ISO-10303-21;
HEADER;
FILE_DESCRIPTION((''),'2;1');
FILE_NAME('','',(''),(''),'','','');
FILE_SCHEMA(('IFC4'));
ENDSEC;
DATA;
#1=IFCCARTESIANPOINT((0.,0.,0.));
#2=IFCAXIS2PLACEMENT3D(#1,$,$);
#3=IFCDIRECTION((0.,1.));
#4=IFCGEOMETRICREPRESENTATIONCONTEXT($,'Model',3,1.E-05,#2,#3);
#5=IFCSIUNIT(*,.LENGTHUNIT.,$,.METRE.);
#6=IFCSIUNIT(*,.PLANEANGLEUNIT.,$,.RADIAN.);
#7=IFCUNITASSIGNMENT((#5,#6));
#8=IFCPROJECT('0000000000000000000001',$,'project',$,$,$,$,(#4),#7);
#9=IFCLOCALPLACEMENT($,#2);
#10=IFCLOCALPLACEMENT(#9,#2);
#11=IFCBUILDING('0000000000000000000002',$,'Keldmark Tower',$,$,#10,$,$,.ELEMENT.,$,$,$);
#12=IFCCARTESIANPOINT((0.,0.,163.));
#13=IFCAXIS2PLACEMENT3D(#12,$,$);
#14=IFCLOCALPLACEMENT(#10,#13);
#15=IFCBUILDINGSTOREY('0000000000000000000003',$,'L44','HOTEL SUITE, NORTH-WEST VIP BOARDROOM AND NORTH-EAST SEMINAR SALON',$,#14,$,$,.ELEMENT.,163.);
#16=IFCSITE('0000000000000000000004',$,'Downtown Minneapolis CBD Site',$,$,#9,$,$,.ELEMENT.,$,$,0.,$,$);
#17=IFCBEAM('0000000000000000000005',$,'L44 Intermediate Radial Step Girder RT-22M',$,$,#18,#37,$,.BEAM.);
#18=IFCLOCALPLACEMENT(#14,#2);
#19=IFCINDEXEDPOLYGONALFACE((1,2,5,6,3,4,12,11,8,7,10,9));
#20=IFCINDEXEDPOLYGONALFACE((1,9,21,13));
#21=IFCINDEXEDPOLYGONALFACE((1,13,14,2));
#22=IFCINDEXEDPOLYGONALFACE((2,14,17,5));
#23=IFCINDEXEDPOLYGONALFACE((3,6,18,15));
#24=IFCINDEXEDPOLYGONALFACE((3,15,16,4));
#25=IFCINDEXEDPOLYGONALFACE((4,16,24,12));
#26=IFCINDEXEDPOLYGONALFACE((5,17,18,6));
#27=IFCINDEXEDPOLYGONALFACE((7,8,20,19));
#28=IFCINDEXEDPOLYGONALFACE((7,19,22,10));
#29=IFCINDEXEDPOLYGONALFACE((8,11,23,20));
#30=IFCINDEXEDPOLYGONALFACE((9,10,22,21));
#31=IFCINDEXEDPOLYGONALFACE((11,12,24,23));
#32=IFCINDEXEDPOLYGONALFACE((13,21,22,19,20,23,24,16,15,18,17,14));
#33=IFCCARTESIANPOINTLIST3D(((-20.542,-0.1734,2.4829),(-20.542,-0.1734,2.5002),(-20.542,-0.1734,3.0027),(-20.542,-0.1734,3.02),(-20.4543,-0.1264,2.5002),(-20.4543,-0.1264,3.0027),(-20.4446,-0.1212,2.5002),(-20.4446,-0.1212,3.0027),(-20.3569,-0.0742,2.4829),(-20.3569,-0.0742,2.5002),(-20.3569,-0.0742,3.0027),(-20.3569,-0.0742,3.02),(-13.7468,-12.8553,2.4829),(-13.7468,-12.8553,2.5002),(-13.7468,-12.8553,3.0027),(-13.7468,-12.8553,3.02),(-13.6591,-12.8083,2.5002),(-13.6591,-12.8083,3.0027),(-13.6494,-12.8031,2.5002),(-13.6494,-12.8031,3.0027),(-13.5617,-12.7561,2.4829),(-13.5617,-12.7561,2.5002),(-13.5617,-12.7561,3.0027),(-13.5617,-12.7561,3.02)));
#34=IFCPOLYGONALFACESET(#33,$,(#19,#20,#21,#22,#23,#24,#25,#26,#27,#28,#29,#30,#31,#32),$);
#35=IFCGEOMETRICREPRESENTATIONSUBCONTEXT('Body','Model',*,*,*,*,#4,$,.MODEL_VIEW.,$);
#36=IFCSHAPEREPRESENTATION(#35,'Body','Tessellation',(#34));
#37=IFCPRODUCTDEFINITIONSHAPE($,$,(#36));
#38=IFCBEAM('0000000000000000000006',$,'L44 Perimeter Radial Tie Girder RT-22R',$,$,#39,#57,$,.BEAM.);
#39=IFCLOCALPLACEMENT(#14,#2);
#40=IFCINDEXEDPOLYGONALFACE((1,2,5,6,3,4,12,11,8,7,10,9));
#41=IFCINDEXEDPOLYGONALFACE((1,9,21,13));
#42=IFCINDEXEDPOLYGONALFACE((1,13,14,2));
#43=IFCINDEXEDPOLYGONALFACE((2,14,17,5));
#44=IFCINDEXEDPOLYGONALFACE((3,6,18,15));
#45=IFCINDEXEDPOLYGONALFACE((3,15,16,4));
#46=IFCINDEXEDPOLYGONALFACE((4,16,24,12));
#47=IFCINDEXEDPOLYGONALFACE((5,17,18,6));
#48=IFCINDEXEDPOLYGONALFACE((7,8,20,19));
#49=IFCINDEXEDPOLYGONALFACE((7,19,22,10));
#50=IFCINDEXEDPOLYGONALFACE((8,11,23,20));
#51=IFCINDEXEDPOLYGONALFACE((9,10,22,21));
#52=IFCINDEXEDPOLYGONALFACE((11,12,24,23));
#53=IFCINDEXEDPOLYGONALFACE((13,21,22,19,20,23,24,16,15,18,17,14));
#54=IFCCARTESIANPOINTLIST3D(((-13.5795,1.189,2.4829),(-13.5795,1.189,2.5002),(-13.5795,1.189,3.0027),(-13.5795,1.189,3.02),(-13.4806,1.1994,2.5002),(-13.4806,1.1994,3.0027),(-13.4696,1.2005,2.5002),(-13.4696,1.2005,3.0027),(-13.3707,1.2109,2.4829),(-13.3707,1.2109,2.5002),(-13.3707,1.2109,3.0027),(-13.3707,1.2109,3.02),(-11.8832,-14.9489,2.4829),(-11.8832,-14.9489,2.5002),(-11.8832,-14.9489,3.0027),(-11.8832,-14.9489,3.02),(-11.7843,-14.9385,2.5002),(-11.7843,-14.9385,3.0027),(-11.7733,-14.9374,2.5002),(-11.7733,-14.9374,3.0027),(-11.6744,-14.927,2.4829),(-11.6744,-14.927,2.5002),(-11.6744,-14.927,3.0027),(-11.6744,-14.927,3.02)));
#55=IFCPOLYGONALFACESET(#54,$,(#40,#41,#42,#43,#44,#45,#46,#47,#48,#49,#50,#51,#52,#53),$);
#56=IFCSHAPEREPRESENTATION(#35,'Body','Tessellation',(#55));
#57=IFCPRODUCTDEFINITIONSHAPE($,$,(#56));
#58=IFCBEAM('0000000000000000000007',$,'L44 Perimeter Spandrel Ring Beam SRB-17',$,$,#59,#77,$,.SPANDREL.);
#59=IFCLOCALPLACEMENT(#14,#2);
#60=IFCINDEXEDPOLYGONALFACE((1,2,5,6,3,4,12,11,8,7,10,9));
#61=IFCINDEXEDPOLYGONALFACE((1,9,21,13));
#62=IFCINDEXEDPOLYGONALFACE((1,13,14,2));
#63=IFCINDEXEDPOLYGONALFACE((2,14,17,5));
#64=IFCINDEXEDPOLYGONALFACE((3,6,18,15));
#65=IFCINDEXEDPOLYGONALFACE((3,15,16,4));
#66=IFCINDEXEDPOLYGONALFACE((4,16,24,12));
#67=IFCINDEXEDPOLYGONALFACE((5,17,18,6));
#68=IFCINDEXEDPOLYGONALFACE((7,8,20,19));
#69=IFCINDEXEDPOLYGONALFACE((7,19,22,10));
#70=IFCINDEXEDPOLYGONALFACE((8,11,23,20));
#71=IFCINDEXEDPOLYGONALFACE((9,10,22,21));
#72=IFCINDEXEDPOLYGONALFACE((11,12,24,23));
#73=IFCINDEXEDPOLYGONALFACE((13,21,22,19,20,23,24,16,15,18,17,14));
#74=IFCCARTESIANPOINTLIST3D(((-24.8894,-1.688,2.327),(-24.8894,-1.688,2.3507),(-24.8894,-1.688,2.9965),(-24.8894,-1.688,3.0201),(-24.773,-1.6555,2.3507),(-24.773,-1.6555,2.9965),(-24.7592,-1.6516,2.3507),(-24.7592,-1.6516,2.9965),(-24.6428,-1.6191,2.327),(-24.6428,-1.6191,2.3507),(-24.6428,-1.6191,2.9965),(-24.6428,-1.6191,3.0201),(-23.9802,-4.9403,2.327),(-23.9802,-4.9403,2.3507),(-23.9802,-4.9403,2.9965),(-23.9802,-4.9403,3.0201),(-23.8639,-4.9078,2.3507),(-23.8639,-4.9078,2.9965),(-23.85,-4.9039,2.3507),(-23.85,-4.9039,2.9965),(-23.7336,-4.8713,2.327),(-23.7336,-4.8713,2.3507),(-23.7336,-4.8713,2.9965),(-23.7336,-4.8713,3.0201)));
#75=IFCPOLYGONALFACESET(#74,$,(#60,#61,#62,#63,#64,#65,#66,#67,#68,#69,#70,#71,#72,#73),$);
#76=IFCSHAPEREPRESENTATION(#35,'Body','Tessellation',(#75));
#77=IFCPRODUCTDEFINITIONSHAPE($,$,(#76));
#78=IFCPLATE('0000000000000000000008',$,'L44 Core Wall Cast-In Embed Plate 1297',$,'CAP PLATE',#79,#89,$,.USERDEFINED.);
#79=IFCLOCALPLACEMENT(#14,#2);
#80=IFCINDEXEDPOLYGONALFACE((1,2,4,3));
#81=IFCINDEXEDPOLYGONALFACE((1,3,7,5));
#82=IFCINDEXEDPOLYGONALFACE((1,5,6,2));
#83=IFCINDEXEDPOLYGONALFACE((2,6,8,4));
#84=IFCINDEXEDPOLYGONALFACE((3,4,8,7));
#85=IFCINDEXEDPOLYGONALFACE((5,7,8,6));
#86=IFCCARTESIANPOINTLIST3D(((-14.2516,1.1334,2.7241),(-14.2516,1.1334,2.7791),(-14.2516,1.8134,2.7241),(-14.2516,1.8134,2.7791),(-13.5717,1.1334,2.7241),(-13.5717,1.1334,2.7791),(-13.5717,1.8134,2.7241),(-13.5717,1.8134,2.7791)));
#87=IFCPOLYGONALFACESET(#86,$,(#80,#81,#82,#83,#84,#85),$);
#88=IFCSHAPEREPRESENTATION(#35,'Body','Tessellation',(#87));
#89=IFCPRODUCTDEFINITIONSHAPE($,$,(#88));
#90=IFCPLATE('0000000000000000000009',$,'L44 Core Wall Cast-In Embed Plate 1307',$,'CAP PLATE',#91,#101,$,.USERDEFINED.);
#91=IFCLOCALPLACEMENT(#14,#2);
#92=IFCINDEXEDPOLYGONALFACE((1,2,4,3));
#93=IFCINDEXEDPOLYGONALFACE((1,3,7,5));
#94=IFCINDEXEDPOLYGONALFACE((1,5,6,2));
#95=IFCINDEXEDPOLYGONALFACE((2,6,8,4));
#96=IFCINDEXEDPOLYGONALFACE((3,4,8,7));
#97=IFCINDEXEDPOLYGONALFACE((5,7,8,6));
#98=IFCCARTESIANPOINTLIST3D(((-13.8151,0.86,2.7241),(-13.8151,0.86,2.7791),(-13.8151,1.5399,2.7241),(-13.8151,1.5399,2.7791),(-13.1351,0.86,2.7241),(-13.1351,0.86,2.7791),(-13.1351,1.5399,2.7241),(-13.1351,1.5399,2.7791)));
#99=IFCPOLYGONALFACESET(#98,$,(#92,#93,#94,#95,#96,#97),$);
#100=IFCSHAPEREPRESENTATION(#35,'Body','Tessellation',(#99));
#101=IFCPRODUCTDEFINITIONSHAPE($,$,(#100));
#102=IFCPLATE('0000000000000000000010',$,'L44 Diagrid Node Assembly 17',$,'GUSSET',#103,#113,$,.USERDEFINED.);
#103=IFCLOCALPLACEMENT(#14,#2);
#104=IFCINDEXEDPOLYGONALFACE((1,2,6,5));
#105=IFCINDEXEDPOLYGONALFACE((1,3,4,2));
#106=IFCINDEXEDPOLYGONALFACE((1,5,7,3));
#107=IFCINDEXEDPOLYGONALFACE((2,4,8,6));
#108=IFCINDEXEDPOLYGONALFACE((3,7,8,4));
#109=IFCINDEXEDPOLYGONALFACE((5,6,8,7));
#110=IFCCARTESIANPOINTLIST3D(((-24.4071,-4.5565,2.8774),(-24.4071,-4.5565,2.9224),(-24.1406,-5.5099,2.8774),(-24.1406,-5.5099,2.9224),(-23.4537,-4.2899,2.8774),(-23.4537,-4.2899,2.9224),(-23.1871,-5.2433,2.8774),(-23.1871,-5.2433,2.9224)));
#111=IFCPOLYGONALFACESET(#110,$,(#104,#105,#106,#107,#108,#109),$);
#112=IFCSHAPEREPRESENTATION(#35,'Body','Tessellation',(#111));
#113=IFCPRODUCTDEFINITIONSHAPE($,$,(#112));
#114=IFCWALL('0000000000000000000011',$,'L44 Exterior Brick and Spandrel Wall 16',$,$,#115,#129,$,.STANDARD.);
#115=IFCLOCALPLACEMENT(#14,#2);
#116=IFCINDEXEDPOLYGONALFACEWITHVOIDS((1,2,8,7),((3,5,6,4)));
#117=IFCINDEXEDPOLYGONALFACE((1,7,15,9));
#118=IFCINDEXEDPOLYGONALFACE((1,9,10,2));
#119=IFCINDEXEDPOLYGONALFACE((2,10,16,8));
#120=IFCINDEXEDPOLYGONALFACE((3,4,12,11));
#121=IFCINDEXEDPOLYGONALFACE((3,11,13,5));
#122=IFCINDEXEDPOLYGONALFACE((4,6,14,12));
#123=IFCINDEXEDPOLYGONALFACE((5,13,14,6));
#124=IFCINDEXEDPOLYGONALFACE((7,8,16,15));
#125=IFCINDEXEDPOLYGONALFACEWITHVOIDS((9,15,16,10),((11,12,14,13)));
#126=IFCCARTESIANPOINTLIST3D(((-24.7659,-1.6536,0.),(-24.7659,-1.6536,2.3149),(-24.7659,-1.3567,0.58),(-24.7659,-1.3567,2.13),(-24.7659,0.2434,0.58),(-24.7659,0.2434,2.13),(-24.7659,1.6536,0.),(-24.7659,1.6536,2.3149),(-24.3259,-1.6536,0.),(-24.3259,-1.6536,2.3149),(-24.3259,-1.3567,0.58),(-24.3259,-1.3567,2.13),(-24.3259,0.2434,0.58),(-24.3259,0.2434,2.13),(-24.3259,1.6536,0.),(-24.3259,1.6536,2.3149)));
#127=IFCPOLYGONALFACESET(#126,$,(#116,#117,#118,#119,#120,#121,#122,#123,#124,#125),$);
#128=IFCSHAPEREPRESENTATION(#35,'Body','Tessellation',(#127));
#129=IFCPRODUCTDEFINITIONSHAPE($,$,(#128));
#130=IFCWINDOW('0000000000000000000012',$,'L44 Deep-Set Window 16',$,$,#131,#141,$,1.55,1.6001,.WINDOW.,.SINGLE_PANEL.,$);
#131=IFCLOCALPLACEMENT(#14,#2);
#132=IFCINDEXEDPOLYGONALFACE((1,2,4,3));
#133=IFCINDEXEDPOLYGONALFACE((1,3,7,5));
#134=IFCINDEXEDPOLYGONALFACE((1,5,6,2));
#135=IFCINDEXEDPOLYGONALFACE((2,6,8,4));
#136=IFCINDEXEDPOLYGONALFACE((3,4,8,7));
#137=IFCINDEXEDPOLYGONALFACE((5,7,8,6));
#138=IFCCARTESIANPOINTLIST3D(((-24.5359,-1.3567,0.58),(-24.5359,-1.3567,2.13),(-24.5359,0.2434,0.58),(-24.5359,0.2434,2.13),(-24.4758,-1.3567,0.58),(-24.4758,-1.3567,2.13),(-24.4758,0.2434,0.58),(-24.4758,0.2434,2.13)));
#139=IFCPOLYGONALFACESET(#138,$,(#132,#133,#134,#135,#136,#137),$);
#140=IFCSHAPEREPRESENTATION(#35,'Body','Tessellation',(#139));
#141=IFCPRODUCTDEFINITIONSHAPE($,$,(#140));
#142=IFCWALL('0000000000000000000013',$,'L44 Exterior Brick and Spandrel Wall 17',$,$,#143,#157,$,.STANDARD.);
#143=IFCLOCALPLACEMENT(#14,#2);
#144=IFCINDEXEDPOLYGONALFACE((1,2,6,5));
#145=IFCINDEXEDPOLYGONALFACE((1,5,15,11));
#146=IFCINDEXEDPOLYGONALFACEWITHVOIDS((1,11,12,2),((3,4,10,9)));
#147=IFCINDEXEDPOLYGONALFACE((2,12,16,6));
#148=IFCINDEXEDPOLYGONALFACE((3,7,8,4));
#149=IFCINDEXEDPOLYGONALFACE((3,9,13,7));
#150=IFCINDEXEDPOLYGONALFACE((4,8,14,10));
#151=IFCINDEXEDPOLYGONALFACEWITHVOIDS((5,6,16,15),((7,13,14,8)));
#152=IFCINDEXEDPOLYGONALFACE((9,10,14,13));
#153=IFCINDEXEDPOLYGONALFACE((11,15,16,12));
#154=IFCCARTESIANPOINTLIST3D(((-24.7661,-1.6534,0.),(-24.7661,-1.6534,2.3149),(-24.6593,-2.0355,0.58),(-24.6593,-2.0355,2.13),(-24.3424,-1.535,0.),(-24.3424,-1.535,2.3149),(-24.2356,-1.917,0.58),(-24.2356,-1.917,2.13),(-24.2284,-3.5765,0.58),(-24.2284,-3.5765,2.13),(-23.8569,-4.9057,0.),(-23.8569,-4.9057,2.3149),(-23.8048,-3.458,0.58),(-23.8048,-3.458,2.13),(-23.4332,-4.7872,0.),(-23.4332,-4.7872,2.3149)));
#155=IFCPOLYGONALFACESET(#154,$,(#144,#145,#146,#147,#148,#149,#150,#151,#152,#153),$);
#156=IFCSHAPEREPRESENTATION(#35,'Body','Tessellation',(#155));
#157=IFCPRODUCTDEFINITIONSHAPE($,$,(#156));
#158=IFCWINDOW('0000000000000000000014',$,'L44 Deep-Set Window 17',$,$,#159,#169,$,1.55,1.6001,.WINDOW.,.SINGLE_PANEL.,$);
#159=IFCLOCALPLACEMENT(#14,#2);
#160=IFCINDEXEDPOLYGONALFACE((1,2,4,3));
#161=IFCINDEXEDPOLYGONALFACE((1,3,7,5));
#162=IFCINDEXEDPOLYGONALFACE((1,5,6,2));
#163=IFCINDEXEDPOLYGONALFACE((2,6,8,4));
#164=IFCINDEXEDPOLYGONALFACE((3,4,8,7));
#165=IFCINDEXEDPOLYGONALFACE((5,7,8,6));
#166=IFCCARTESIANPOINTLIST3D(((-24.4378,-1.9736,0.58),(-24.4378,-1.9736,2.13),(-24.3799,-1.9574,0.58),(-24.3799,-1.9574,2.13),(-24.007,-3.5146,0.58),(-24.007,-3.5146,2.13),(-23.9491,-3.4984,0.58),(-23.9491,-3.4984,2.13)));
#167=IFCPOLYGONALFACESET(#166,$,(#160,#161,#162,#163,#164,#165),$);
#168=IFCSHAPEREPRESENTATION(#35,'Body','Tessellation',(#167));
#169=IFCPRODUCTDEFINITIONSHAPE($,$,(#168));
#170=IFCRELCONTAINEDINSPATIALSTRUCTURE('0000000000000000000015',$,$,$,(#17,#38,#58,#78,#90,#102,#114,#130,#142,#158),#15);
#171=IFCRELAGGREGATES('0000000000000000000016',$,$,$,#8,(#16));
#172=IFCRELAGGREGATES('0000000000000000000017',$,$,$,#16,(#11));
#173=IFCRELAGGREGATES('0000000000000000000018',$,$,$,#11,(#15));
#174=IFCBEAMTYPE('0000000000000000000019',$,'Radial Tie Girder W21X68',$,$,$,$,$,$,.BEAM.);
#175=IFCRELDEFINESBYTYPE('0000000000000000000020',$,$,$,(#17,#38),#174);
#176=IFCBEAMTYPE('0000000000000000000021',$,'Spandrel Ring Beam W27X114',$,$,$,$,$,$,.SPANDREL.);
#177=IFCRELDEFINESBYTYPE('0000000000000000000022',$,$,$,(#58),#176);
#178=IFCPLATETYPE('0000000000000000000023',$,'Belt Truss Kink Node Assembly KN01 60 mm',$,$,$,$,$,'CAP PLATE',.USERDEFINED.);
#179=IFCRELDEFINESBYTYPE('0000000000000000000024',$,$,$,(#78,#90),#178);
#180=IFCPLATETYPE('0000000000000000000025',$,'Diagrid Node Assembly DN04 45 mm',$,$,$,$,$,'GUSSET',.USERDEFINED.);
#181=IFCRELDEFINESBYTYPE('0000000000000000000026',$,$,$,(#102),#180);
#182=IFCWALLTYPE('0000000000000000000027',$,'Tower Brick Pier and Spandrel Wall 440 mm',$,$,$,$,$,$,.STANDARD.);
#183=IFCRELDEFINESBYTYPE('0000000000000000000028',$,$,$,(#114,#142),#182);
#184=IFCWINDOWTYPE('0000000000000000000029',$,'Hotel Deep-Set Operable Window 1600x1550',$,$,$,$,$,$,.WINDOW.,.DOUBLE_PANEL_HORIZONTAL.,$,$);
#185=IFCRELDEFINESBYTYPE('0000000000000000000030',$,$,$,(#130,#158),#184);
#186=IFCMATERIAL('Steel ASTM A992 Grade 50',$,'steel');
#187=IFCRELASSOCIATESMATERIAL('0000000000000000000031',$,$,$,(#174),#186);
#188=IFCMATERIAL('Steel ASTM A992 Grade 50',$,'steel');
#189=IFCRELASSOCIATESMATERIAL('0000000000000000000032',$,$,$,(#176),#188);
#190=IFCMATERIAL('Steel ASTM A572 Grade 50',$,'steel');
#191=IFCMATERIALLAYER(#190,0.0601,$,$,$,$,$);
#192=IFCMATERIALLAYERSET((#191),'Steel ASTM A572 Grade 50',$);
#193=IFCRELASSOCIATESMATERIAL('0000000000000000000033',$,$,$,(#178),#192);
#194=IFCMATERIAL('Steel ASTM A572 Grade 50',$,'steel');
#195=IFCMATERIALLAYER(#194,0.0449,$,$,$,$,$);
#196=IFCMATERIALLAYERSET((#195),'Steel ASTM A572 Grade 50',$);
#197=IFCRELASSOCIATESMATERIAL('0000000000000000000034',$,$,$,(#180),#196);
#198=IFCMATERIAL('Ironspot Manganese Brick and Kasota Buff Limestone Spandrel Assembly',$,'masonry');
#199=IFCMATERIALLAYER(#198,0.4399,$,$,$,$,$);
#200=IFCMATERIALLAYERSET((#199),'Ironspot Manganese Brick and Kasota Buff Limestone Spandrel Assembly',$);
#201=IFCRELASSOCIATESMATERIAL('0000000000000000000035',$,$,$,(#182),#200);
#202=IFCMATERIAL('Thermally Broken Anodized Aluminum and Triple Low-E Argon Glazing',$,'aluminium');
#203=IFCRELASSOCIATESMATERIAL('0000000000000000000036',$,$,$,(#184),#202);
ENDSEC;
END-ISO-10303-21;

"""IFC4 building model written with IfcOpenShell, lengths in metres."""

from ifc_helpers import new_model, si_unit, direction, frame, frame_2d, origin, origin_2d, place, context, subcontext, project, spatial, rectangle, i_section, extrude, material, layer, layer_set, material_profile, profile_set, type_object, element, fill, save


model = new_model("IFC4")

# Units and contexts
model_context = context("Model", 3, precision=1e-05, world=origin(), true_north=direction((0.0, 1.0)))
body_context = subcontext(model_context, "Body", "Model", "MODEL_VIEW")
ifc_project = project(units=[si_unit("LENGTHUNIT", "METRE"), si_unit("PLANEANGLEUNIT", "RADIAN")], contexts=[model_context])

# Site, building, storey
site_placement = place(None, origin())
site = spatial("IfcSite", under=ifc_project, at=site_placement, Name="Downtown Minneapolis CBD Site", CompositionType="ELEMENT", RefElevation=0.0)
building_placement = place(site_placement, origin())
building = spatial("IfcBuilding", under=site, at=building_placement, Name="Keldmark Tower", CompositionType="ELEMENT")
storey_placement = place(building_placement, frame((0.0, 0.0, 163.0)))
storey = spatial("IfcBuildingStorey", under=building, at=storey_placement, Name="L44", Description="HOTEL SUITE, NORTH-WEST VIP BOARDROOM AND NORTH-EAST SEMINAR SALON", CompositionType="ELEMENT", Elevation=163.0)

# Beams
ifc_material_1 = material(Name="Steel ASTM A992 Grade 50", Category="steel")
ifc_material_profile_1 = material_profile(ifc_material_1, i_section(OverallWidth=0.21, OverallDepth=0.5371, WebThickness=0.011, FlangeThickness=0.0173, at=origin_2d()), Name="W21X68")
ifc_profile_set_1 = profile_set([ifc_material_profile_1], Name="Steel ASTM A992 Grade 50")
beam_type_1 = type_object("IfcBeamType", Name="Radial Tie Girder W21X68", PredefinedType="BEAM", material=ifc_profile_set_1)
beam_1_placement = place(storey_placement, frame((-20.4495, -0.1238, 2.7515), z_axis=(0.472292, -0.881442, 0.0), x_axis=(0.881442, 0.472292, 0.0)))
element("IfcBeam", 1, at=beam_1_placement, inside=storey, type_object=beam_type_1, Name="L44 Intermediate Radial Step Girder RT-22M", PredefinedType="BEAM", context=body_context, shape_type="SweptSolid", body=[
    extrude(i_section(OverallWidth=0.21, OverallDepth=0.5371, WebThickness=0.011, FlangeThickness=0.0173, at=origin_2d()), origin(), (0.0, 0.0, 1.0), 14.3877),
])
beam_2_placement = place(storey_placement, frame((-13.4751, 1.2, 2.7515), z_axis=(0.104536, -0.994521, 0.0), x_axis=(0.994521, 0.104536, 0.0)))
element("IfcBeam", 2, at=beam_2_placement, inside=storey, type_object=beam_type_1, Name="L44 Perimeter Radial Tie Girder RT-22R", PredefinedType="BEAM", context=body_context, shape_type="SweptSolid", body=[
    extrude(i_section(OverallWidth=0.21, OverallDepth=0.5371, WebThickness=0.011, FlangeThickness=0.0173, at=origin_2d()), origin(), (0.0, 0.0, 1.0), 16.2268),
])
ifc_material_2 = material(Name="Steel ASTM A992 Grade 50", Category="steel")
ifc_material_profile_2 = material_profile(ifc_material_2, i_section(OverallWidth=0.2561, OverallDepth=0.6931, WebThickness=0.0144, FlangeThickness=0.0237, at=origin_2d()), Name="W27X114")
ifc_profile_set_2 = profile_set([ifc_material_profile_2], Name="Steel ASTM A992 Grade 50")
beam_type_2 = type_object("IfcBeamType", Name="Spandrel Ring Beam W27X114", PredefinedType="SPANDREL", material=ifc_profile_set_2)
beam_3_placement = place(storey_placement, frame((-24.7661, -1.6536, 2.6736), z_axis=(0.269236, -0.963074, 0.0), x_axis=(0.963074, 0.269236, 0.0)))
element("IfcBeam", 3, at=beam_3_placement, inside=storey, type_object=beam_type_2, Name="L44 Perimeter Spandrel Ring Beam SRB-17", PredefinedType="SPANDREL", context=body_context, shape_type="SweptSolid", body=[
    extrude(i_section(OverallWidth=0.2561, OverallDepth=0.6931, WebThickness=0.0144, FlangeThickness=0.0237, at=origin_2d()), origin(), (0.0, 0.0, 1.0), 3.377),
])

# Plates
ifc_material_3 = material(Name="Steel ASTM A572 Grade 50", Category="steel")
ifc_layer_1 = layer(ifc_material_3, 0.0601)
ifc_layer_set_1 = layer_set([ifc_layer_1], Name="Steel ASTM A572 Grade 50")
plate_type_1 = type_object("IfcPlateType", Name="Belt Truss Kink Node Assembly KN01 60 mm", ElementType="CAP PLATE", PredefinedType="USERDEFINED", material=ifc_layer_set_1)
for number, where, z_axis, x_axis, name in (
    (4, (-13.9116, 1.4734, 2.7241), (0.0, 0.0, 1.0), (1.0, 0.0, 0.0), "L44 Core Wall Cast-In Embed Plate 1297"),
    (5, (-13.4751, 1.2, 2.7241), (0.0, 0.0, 1.0), (1.0, 0.0, 0.0), "L44 Core Wall Cast-In Embed Plate 1307"),
):
    element("IfcPlate", number, at=place(storey_placement, frame(where, z_axis=z_axis, x_axis=x_axis)), inside=storey, type_object=plate_type_1, Name=name, ObjectType="CAP PLATE", PredefinedType="USERDEFINED", context=body_context, shape_type="SweptSolid", body=[
        extrude(rectangle(XDim=0.6799, YDim=0.6799, at=origin_2d()), origin(), (0.0, 0.0, 1.0), 0.0549),
    ])
ifc_material_4 = material(Name="Steel ASTM A572 Grade 50", Category="steel")
ifc_layer_2 = layer(ifc_material_4, 0.0449)
ifc_layer_set_2 = layer_set([ifc_layer_2], Name="Steel ASTM A572 Grade 50")
plate_type_2 = type_object("IfcPlateType", Name="Diagrid Node Assembly DN04 45 mm", ElementType="GUSSET", PredefinedType="USERDEFINED", material=ifc_layer_set_2)
plate_placement = place(storey_placement, frame((-23.7971, -4.8999, 2.8774), z_axis=(0.0, 0.0, 1.0), x_axis=(0.269256, -0.963069, 0.0)))
element("IfcPlate", 6, at=plate_placement, inside=storey, type_object=plate_type_2, Name="L44 Diagrid Node Assembly 17", ObjectType="GUSSET", PredefinedType="USERDEFINED", context=body_context, shape_type="SweptSolid", body=[
    extrude(rectangle(XDim=0.99, YDim=0.99, at=origin_2d()), origin(), (0.0, 0.0, 1.0), 0.0449),
])

# Walls, openings, windows
ifc_material_5 = material(Name="Ironspot Manganese Brick and Kasota Buff Limestone Spandrel Assembly", Category="masonry")
ifc_layer_3 = layer(ifc_material_5, 0.4399)
ifc_layer_set_3 = layer_set([ifc_layer_3], Name="Ironspot Manganese Brick and Kasota Buff Limestone Spandrel Assembly")
wall_type_1 = type_object("IfcWallType", Name="Tower Brick Pier and Spandrel Wall 440 mm", PredefinedType="STANDARD", material=ifc_layer_set_3)
wall_1_placement = place(storey_placement, frame((-24.5459, -1.6536, 0.0), z_axis=(0.0, 0.0, 1.0), x_axis=(0.0, 1.0, 0.0)))
wall_1 = element("IfcWall", 7, at=wall_1_placement, inside=storey, type_object=wall_type_1, Name="L44 Exterior Brick and Spandrel Wall 16", PredefinedType="STANDARD", context=body_context, shape_type="SweptSolid", body=[
    extrude(rectangle(XDim=3.3071, YDim=0.4399, at=frame_2d((1.6536, 0.0))), origin(), (0.0, 0.0, 1.0), 2.3149),
])
opening_1_placement = place(wall_1_placement, frame((0.2969, 0.0, 0.5801)))
opening_1 = element("IfcOpeningElement", 8, at=opening_1_placement, cuts=wall_1, PredefinedType="OPENING", context=body_context, shape_type="SweptSolid", body=[
    extrude(rectangle(XDim=1.6001, YDim=1.55, at=frame_2d((0.8, 0.7749))), frame((0.0, 0.23, 0.0), z_axis=(0.0, -1.0, 0.0), x_axis=(1.0, 0.0, 0.0)), (0.0, 0.0, 1.0), 0.46),
])
ifc_material_6 = material(Name="Thermally Broken Anodized Aluminum and Triple Low-E Argon Glazing", Category="aluminium")
window_type = type_object("IfcWindowType", Name="Hotel Deep-Set Operable Window 1600x1550", PartitioningType="DOUBLE_PANEL_HORIZONTAL", PredefinedType="WINDOW", material=ifc_material_6)
window_1_placement = place(opening_1_placement, origin())
window_1 = element("IfcWindow", 9, at=window_1_placement, inside=storey, type_object=window_type, Name="L44 Deep-Set Window 16", OverallHeight=1.55, OverallWidth=1.6001, PartitioningType="SINGLE_PANEL", PredefinedType="WINDOW", context=body_context, shape_type="SweptSolid", body=[
    extrude(rectangle(XDim=1.6001, YDim=1.55, at=frame_2d((0.8, 0.7749))), frame((0.0, -0.01, 0.0), z_axis=(0.0, -1.0, 0.0), x_axis=(1.0, 0.0, 0.0)), (0.0, 0.0, 1.0), 0.0601),
])
fill(opening_1, window_1)
wall_2_placement = place(storey_placement, frame((-23.645, -4.8464, 0.0), z_axis=(0.0, 0.0, 1.0), x_axis=(-0.269236, 0.963074, 0.0)))
wall_2 = element("IfcWall", 10, at=wall_2_placement, inside=storey, type_object=wall_type_1, Name="L44 Exterior Brick and Spandrel Wall 17", PredefinedType="STANDARD", context=body_context, shape_type="SweptSolid", body=[
    extrude(rectangle(XDim=3.377, YDim=0.4399, at=frame_2d((1.6885, 0.0))), origin(), (0.0, 0.0, 1.0), 2.3149),
])
opening_2_placement = place(wall_2_placement, frame((1.3801, 0.0, 0.5801)))
opening_2 = element("IfcOpeningElement", 11, at=opening_2_placement, cuts=wall_2, PredefinedType="OPENING", context=body_context, shape_type="SweptSolid", body=[
    extrude(rectangle(XDim=1.6001, YDim=1.55, at=frame_2d((0.8, 0.7749))), frame((0.0, 0.23, 0.0), z_axis=(0.0, -1.0, 0.0), x_axis=(1.0, 0.0, 0.0)), (0.0, 0.0, 1.0), 0.46),
])
window_2_placement = place(opening_2_placement, origin())
window_2 = element("IfcWindow", 12, at=window_2_placement, inside=storey, type_object=window_type, Name="L44 Deep-Set Window 17", OverallHeight=1.55, OverallWidth=1.6001, PartitioningType="SINGLE_PANEL", PredefinedType="WINDOW", context=body_context, shape_type="SweptSolid", body=[
    extrude(rectangle(XDim=1.6001, YDim=1.55, at=frame_2d((0.8, 0.7749))), frame((0.0, -0.01, 0.0), z_axis=(0.0, -1.0, 0.0), x_axis=(1.0, 0.0, 0.0)), (0.0, 0.0, 1.0), 0.0601),
])
fill(opening_2, window_2)

save(model, "model.ifc")
